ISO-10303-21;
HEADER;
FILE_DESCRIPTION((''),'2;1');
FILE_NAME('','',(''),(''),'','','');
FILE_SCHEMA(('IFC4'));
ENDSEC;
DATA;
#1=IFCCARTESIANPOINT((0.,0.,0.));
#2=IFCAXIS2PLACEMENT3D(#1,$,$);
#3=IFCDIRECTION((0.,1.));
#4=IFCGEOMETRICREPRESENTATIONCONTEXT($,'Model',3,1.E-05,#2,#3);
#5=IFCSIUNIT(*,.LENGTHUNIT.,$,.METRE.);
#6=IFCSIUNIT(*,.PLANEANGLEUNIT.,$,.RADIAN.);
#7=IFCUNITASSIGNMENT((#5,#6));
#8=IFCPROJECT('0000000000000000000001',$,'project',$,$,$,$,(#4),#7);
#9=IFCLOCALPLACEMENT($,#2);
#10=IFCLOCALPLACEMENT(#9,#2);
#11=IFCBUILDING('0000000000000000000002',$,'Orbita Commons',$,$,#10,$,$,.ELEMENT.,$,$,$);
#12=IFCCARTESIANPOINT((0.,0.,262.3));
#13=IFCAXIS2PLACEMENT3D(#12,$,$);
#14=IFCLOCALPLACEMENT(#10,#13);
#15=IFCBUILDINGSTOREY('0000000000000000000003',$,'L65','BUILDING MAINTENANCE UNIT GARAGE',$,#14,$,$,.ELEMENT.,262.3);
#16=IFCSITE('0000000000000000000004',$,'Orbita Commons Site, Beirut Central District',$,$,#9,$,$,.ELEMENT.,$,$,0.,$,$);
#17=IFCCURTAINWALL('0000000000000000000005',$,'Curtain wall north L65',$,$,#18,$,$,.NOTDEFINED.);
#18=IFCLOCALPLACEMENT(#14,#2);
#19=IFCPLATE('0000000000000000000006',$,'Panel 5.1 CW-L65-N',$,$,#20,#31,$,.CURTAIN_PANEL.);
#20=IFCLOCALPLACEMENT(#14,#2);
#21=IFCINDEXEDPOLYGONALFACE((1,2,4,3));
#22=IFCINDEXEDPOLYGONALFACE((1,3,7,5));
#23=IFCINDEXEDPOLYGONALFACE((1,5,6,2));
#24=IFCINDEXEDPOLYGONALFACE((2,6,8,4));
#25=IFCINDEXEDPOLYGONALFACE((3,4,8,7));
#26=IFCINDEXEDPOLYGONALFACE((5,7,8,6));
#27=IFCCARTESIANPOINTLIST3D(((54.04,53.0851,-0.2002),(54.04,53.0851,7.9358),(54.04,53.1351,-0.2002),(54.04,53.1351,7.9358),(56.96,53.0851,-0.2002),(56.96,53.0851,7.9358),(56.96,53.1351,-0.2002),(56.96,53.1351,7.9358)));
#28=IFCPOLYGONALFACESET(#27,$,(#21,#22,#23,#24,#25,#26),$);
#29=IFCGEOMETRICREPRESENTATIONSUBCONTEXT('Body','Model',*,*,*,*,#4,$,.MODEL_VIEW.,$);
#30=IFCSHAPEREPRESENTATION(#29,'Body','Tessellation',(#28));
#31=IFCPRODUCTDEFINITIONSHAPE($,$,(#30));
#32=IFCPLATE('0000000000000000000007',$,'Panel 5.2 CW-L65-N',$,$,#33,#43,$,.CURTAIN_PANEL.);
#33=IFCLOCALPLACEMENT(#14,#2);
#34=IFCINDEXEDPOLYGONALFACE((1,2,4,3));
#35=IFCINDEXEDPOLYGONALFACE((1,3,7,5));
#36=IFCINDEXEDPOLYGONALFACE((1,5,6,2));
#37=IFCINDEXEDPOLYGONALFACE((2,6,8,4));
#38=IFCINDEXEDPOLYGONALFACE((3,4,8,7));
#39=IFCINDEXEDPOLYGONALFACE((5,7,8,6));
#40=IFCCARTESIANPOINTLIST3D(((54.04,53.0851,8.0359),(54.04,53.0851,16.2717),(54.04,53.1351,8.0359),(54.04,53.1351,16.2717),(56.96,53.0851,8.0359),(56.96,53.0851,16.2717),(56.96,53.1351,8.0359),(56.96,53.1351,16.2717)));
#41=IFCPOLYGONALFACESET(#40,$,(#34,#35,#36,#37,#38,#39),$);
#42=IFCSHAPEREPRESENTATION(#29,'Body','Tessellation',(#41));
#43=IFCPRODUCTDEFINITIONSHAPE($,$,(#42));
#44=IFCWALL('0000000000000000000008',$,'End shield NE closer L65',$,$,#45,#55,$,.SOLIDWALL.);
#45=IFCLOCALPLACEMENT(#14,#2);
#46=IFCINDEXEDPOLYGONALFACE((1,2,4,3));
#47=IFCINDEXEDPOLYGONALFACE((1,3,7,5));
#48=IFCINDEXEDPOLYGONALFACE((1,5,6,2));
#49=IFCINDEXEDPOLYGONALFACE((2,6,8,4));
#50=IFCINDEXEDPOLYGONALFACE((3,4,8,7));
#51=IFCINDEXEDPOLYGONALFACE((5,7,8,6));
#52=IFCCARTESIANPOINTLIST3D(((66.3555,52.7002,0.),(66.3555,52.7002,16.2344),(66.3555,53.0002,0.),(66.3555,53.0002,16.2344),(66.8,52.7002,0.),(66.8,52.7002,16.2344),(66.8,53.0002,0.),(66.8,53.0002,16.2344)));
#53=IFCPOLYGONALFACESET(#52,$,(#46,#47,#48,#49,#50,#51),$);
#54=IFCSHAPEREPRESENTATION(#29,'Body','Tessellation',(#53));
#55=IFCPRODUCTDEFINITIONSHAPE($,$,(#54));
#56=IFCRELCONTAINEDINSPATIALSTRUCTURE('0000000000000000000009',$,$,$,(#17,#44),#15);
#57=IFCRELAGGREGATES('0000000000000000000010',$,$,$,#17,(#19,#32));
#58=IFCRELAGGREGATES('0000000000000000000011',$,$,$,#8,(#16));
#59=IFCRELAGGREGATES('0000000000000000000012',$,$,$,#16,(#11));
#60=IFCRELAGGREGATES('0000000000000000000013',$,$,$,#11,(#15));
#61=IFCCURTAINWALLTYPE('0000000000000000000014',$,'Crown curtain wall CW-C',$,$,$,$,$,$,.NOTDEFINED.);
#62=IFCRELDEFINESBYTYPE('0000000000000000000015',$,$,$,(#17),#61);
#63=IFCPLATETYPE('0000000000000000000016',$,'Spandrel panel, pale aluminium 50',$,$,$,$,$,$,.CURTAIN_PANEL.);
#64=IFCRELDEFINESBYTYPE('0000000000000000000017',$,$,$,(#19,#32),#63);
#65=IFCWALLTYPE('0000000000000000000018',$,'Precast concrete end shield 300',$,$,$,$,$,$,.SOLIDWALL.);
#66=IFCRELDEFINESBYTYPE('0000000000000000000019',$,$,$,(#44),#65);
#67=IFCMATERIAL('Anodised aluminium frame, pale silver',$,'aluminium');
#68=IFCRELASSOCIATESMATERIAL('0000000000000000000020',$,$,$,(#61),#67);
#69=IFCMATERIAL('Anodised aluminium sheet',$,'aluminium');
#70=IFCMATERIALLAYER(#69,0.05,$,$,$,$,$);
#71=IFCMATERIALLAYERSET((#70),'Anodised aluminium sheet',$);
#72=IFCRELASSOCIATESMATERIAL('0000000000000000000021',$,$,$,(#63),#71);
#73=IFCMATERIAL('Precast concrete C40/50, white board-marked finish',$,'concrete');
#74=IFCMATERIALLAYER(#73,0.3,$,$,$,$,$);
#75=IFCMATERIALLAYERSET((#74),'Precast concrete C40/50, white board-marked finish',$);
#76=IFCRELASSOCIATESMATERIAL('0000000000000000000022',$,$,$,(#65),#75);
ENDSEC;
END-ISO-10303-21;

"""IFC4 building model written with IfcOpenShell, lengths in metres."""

from ifc_helpers import new_model, si_unit, direction, frame, origin, origin_2d, place, context, subcontext, project, spatial, polyline, rectangle, outline, extrude, material, layer, layer_set, type_object, element, aggregate, save


model = new_model("IFC4")

# Units and contexts
model_context = context("Model", 3, precision=1e-05, world=origin(), true_north=direction((0.0, 1.0)))
body_context = subcontext(model_context, "Body", "Model", "MODEL_VIEW")
ifc_project = project(units=[si_unit("LENGTHUNIT", "METRE"), si_unit("PLANEANGLEUNIT", "RADIAN")], contexts=[model_context])

# Site, building, storey
site_placement = place(None, origin())
site = spatial("IfcSite", under=ifc_project, at=site_placement, Name="Orbita Commons Site, Beirut Central District", CompositionType="ELEMENT", RefElevation=0.0)
building_placement = place(site_placement, origin())
building = spatial("IfcBuilding", under=site, at=building_placement, Name="Orbita Commons", CompositionType="ELEMENT")
storey_placement = place(building_placement, frame((0.0, 0.0, 262.3)))
storey = spatial("IfcBuildingStorey", under=building, at=storey_placement, Name="L65", Description="BUILDING MAINTENANCE UNIT GARAGE", CompositionType="ELEMENT", Elevation=262.3)

# Curtain wall, plates
ifc_material_1 = material(Name="Anodised aluminium frame, pale silver", Category="aluminium")
curtain_wall_type = type_object("IfcCurtainWallType", Name="Crown curtain wall CW-C", PredefinedType="NOTDEFINED", material=ifc_material_1)
curtain_wall_placement = place(storey_placement, origin())
curtain_wall = element("IfcCurtainWall", 1, at=curtain_wall_placement, inside=storey, type_object=curtain_wall_type, Name="Curtain wall north L65", PredefinedType="NOTDEFINED")
ifc_material_2 = material(Name="Anodised aluminium sheet", Category="aluminium")
ifc_layer_1 = layer(ifc_material_2, 0.05)
ifc_layer_set_1 = layer_set([ifc_layer_1], Name="Anodised aluminium sheet")
plate_type = type_object("IfcPlateType", Name="Spandrel panel, pale aluminium 50", PredefinedType="CURTAIN_PANEL", material=ifc_layer_set_1)
plate_1_placement = place(storey_placement, frame((55.5, 53.1101, -0.2002), z_axis=(0.0, 0.0, 1.0), x_axis=(-1.0, 0.0, 0.0)))
plate_1 = element("IfcPlate", 2, at=plate_1_placement, type_object=plate_type, Name="Panel 5.1 CW-L65-N", PredefinedType="CURTAIN_PANEL", context=body_context, shape_type="SweptSolid", body=[
    extrude(rectangle(XDim=2.9199, YDim=0.05, at=origin_2d()), origin(), (0.0, 0.0, 1.0), 8.136),
])
plate_2_placement = place(storey_placement, frame((55.5, 53.1101, 8.0359), z_axis=(0.0, 0.0, 1.0), x_axis=(-1.0, 0.0, 0.0)))
plate_2 = element("IfcPlate", 3, at=plate_2_placement, type_object=plate_type, Name="Panel 5.2 CW-L65-N", PredefinedType="CURTAIN_PANEL", context=body_context, shape_type="SweptSolid", body=[
    extrude(rectangle(XDim=2.9199, YDim=0.05, at=origin_2d()), origin(), (0.0, 0.0, 1.0), 8.2358),
])
aggregate(curtain_wall, [plate_1, plate_2])

# Wall
ifc_material_3 = material(Name="Precast concrete C40/50, white board-marked finish", Category="concrete")
ifc_layer_2 = layer(ifc_material_3, 0.3)
ifc_layer_set_2 = layer_set([ifc_layer_2], Name="Precast concrete C40/50, white board-marked finish")
wall_type = type_object("IfcWallType", Name="Precast concrete end shield 300", PredefinedType="SOLIDWALL", material=ifc_layer_set_2)
wall_1_placement = place(storey_placement, frame((66.8, 52.8501, 0.0), z_axis=(0.0, 0.0, 1.0), x_axis=(-1.0, 0.0, 0.0)))
element("IfcWall", 4, at=wall_1_placement, inside=storey, type_object=wall_type, Name="End shield NE closer L65", PredefinedType="SOLIDWALL", context=body_context, shape_type="SweptSolid", body=[
    extrude(outline(polyline([(0.0, 0.0), (0.4446, 0.0), (0.4446, 16.2344), (0.0, 16.2344), (0.0, 0.0)])), frame((0.0, 0.1499, 0.0), z_axis=(0.0, -1.0, 0.0), x_axis=(1.0, 0.0, 0.0)), (0.0, 0.0, 1.0), 0.3),
])

save(model, "model.ifc")
